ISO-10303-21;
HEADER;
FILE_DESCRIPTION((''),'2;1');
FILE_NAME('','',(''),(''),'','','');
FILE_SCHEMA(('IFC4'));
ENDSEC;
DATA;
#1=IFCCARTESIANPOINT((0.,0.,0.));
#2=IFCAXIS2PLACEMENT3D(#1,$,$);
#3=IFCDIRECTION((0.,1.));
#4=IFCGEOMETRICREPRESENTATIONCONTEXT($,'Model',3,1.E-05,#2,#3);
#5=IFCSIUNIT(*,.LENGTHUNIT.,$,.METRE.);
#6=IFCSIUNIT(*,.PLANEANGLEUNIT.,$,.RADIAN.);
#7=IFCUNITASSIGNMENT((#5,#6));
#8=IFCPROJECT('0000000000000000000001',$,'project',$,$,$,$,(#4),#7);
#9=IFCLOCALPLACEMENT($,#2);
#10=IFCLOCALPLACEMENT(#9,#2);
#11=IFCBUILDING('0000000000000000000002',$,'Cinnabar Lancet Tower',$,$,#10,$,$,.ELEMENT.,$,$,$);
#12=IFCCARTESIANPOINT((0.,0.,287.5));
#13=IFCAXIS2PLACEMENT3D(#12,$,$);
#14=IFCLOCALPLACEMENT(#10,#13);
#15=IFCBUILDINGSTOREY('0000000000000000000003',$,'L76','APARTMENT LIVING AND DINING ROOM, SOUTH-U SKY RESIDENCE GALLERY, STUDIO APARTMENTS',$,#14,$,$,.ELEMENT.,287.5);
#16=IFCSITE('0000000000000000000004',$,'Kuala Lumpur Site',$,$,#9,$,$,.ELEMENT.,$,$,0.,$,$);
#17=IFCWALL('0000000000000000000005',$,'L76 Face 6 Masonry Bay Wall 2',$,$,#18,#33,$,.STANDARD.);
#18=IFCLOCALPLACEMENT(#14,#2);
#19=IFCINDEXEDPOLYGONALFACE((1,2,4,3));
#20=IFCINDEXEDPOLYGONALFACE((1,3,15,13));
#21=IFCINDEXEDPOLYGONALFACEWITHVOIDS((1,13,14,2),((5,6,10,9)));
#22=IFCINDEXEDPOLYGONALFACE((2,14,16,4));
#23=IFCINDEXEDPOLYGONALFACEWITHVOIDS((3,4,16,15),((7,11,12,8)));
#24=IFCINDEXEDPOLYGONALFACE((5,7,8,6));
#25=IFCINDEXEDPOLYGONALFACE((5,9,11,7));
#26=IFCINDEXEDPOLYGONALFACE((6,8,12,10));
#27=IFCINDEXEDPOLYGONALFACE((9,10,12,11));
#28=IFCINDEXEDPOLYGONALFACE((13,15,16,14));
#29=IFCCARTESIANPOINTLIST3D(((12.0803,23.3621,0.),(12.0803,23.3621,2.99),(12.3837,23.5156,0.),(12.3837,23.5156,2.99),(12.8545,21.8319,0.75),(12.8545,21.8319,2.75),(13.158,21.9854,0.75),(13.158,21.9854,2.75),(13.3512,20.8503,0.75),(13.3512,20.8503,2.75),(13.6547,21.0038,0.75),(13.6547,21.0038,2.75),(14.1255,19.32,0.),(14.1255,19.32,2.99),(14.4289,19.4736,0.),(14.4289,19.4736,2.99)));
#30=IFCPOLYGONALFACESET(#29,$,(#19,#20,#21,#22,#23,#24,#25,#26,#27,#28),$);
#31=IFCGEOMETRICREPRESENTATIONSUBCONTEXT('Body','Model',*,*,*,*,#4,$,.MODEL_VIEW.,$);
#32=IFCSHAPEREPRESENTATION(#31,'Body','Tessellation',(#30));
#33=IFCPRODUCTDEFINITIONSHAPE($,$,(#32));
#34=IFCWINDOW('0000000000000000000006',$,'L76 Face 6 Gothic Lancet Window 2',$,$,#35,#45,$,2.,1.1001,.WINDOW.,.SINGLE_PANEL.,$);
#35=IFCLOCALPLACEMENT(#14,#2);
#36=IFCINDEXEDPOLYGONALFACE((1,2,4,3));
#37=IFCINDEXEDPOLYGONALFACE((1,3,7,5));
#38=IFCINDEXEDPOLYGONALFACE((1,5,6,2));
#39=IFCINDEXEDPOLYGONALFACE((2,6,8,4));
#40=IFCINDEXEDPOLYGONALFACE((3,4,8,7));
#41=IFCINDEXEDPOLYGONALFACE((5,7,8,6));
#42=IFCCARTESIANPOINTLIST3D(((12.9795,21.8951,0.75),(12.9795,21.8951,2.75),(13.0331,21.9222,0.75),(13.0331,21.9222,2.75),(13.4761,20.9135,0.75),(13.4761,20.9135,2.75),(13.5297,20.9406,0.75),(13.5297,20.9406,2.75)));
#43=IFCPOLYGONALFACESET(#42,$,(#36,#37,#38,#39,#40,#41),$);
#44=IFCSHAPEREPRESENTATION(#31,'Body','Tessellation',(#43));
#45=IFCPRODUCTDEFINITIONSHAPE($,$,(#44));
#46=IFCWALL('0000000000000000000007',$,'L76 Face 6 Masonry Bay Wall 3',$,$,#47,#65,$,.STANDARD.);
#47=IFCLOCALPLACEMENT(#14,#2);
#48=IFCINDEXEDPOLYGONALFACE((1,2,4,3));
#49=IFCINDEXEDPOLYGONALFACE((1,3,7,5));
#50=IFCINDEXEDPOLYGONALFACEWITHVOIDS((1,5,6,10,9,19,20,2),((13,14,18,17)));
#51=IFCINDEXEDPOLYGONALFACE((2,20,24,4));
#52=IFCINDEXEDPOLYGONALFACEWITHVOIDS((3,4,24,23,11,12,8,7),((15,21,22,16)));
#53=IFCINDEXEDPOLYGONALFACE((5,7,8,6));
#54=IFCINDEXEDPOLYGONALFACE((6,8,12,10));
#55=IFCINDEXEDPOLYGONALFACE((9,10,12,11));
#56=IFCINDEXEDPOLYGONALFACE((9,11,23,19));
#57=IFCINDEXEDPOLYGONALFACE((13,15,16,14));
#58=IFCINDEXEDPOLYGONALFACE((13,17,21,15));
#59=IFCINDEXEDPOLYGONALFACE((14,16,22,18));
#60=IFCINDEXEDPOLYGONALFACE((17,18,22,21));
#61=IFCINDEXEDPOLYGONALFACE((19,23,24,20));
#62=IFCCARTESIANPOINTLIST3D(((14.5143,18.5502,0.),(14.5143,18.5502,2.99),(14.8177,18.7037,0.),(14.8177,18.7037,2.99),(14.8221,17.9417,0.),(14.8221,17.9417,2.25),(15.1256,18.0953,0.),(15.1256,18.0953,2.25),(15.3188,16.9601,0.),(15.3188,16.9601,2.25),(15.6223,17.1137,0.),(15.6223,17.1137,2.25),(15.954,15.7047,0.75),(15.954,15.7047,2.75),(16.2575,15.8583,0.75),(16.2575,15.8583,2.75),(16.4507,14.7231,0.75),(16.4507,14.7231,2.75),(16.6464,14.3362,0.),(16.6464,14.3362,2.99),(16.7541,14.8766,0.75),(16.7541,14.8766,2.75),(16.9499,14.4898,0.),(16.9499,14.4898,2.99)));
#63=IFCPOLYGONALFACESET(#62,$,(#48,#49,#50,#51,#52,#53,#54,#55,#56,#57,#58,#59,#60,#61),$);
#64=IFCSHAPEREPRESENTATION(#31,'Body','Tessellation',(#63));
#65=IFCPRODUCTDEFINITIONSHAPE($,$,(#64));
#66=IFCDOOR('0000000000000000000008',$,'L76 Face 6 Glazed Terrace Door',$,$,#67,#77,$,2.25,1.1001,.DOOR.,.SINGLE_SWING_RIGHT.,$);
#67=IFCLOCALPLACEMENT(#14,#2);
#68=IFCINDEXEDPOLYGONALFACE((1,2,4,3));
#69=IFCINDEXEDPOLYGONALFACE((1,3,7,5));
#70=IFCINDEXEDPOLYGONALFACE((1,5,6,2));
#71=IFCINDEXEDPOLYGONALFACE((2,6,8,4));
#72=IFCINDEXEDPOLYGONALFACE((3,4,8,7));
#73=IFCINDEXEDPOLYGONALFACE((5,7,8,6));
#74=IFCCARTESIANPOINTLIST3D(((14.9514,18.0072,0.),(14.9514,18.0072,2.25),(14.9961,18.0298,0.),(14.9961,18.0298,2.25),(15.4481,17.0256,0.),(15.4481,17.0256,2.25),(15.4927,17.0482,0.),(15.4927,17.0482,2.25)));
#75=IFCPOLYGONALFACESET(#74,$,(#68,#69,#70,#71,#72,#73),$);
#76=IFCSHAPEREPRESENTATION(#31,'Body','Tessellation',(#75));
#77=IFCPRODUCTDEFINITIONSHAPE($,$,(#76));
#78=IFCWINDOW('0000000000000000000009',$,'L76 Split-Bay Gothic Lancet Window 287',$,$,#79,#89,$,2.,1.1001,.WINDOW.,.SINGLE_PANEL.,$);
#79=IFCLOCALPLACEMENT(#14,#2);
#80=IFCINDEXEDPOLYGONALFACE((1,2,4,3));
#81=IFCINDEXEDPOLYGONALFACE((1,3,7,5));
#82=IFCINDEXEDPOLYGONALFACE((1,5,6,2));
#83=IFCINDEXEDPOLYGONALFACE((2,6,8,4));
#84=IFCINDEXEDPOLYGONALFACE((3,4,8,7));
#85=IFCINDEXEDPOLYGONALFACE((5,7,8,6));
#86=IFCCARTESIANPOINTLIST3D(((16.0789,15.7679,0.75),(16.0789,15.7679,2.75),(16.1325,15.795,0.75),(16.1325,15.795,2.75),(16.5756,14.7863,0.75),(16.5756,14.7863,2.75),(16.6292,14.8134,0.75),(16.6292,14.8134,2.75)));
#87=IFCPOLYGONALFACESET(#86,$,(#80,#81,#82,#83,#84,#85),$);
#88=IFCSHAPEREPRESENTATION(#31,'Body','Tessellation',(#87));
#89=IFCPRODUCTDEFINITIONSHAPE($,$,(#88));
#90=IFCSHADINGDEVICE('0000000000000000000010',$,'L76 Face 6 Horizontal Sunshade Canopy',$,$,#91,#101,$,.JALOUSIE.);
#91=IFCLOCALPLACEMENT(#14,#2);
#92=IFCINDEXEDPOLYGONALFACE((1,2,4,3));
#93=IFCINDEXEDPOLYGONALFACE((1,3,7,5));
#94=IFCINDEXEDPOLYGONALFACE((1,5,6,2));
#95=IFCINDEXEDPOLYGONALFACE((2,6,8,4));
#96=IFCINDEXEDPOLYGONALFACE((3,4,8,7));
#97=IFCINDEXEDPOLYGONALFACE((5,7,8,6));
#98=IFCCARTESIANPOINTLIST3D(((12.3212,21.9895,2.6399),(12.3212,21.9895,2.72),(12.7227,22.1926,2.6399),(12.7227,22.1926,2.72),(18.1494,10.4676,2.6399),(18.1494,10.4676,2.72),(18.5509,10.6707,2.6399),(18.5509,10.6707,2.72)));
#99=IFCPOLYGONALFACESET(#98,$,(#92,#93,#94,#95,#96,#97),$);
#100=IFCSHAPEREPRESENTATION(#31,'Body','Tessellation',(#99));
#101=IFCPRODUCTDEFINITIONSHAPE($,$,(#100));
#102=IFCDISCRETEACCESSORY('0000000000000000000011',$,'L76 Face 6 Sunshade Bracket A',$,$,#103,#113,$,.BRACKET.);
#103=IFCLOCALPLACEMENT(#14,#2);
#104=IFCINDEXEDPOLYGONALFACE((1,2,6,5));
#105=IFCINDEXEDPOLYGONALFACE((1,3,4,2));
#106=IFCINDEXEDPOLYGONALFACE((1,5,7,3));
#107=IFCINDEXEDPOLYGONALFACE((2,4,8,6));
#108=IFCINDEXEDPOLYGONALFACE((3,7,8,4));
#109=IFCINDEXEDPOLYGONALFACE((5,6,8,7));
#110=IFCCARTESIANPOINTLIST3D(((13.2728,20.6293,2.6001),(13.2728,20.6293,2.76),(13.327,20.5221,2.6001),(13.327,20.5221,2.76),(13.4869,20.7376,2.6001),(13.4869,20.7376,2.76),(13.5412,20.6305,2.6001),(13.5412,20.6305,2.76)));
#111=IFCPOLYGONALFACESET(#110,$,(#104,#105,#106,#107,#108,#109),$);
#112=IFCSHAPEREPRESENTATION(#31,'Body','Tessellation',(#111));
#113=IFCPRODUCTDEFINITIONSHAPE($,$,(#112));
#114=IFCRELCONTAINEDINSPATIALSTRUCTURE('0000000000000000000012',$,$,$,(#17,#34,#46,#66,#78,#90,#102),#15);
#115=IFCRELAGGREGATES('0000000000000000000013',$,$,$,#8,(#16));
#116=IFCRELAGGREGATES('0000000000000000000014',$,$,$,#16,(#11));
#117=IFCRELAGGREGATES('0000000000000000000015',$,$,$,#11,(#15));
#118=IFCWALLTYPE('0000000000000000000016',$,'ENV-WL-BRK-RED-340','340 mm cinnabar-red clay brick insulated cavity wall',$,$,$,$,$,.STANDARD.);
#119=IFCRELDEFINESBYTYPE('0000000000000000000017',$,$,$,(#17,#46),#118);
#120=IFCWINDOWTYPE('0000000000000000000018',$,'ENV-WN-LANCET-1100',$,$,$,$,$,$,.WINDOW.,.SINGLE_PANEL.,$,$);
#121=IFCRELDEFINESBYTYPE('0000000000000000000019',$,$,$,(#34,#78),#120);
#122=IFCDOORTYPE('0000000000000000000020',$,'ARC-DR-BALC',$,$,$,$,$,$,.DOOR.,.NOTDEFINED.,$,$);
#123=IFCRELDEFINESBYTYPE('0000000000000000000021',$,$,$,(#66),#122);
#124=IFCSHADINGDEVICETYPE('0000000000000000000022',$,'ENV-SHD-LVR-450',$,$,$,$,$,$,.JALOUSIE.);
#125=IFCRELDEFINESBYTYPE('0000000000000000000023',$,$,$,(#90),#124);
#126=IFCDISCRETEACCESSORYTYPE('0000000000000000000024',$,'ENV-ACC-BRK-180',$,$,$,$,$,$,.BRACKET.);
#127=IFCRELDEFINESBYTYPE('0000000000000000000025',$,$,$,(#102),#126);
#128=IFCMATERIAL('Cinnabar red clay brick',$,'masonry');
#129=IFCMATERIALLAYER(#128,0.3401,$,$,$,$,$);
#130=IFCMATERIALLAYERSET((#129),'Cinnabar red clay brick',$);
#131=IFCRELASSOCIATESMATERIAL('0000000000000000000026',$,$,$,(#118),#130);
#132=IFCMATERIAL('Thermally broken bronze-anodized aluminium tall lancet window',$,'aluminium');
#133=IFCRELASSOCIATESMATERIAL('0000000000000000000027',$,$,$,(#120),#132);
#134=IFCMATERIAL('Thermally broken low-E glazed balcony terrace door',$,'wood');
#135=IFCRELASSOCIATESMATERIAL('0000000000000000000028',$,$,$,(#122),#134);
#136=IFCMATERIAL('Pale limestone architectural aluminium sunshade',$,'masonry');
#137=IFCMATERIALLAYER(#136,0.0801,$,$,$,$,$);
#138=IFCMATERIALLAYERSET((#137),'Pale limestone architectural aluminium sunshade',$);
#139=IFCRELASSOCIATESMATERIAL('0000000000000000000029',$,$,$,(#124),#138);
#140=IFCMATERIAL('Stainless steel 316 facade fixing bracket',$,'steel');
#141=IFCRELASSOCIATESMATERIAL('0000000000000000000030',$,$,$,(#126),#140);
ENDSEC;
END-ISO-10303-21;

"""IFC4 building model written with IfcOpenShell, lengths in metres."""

from ifc_helpers import new_model, si_unit, direction, frame, frame_2d, origin, origin_2d, place, context, subcontext, project, spatial, rectangle, extrude, material, layer, layer_set, type_object, element, fill, save


model = new_model("IFC4")

# Units and contexts
model_context = context("Model", 3, precision=1e-05, world=origin(), true_north=direction((0.0, 1.0)))
body_context = subcontext(model_context, "Body", "Model", "MODEL_VIEW")
ifc_project = project(units=[si_unit("LENGTHUNIT", "METRE"), si_unit("PLANEANGLEUNIT", "RADIAN")], contexts=[model_context])

# Site, building, storey
site_placement = place(None, origin())
site = spatial("IfcSite", under=ifc_project, at=site_placement, Name="Kuala Lumpur Site", CompositionType="ELEMENT", RefElevation=0.0)
building_placement = place(site_placement, origin())
building = spatial("IfcBuilding", under=site, at=building_placement, Name="Cinnabar Lancet Tower", CompositionType="ELEMENT")
storey_placement = place(building_placement, frame((0.0, 0.0, 287.5)))
storey = spatial("IfcBuildingStorey", under=building, at=storey_placement, Name="L76", Description="APARTMENT LIVING AND DINING ROOM, SOUTH-U SKY RESIDENCE GALLERY, STUDIO APARTMENTS", CompositionType="ELEMENT", Elevation=287.5)

# Wall, opening, window
ifc_material_1 = material(Name="Cinnabar red clay brick", Category="masonry")
ifc_layer_1 = layer(ifc_material_1, 0.3401)
ifc_layer_set_1 = layer_set([ifc_layer_1], Name="Cinnabar red clay brick")
wall_type_1 = type_object("IfcWallType", Name="ENV-WL-BRK-RED-340", Description="340 mm cinnabar-red clay brick insulated cavity wall", PredefinedType="STANDARD", material=ifc_layer_set_1)
wall_1_placement = place(storey_placement, frame((12.2319, 23.439, 0.0), z_axis=(0.0, 0.0, 1.0), x_axis=(0.451477, -0.892283, 0.0)))
wall_1 = element("IfcWall", 1, at=wall_1_placement, inside=storey, type_object=wall_type_1, Name="L76 Face 6 Masonry Bay Wall 2", PredefinedType="STANDARD", context=body_context, shape_type="SweptSolid", body=[
    extrude(rectangle(XDim=4.53, YDim=0.3401, at=frame_2d((2.2651, 0.0))), origin(), (0.0, 0.0, 1.0), 2.99),
])
opening_1_placement = place(wall_1_placement, frame((1.7151, 0.0, 0.75)))
opening_1 = element("IfcOpeningElement", 2, at=opening_1_placement, cuts=wall_1, PredefinedType="OPENING", context=body_context, shape_type="SweptSolid", body=[
    extrude(rectangle(XDim=1.1001, YDim=2.0, at=frame_2d((0.55, 1.0))), frame((0.0, 0.1799, 0.0), z_axis=(0.0, -1.0, 0.0), x_axis=(1.0, 0.0, 0.0)), (0.0, 0.0, 1.0), 0.3601),
])
ifc_material_2 = material(Name="Thermally broken bronze-anodized aluminium tall lancet window", Category="aluminium")
window_type = type_object("IfcWindowType", Name="ENV-WN-LANCET-1100", PartitioningType="SINGLE_PANEL", PredefinedType="WINDOW", material=ifc_material_2)
window_1_placement = place(opening_1_placement, origin())
window_1 = element("IfcWindow", 3, at=window_1_placement, inside=storey, type_object=window_type, Name="L76 Face 6 Gothic Lancet Window 2", OverallHeight=2.0, OverallWidth=1.1001, PartitioningType="SINGLE_PANEL", PredefinedType="WINDOW", context=body_context, shape_type="SweptSolid", body=[
    extrude(rectangle(XDim=1.1001, YDim=2.0, at=frame_2d((0.55, 1.0))), frame((0.0, 0.03, 0.0), z_axis=(0.0, -1.0, 0.0), x_axis=(1.0, 0.0, 0.0)), (0.0, 0.0, 1.0), 0.0601),
])
fill(opening_1, window_1)

# Wall, openings, door, window
wall_2_placement = place(storey_placement, frame((14.666, 18.627, 0.0), z_axis=(0.0, 0.0, 1.0), x_axis=(0.451468, -0.892287, 0.0)))
wall_2 = element("IfcWall", 4, at=wall_2_placement, inside=storey, type_object=wall_type_1, Name="L76 Face 6 Masonry Bay Wall 3", PredefinedType="STANDARD", context=body_context, shape_type="SweptSolid", body=[
    extrude(rectangle(XDim=4.7227, YDim=0.3401, at=frame_2d((2.3613, 0.0))), origin(), (0.0, 0.0, 1.0), 2.99),
])
opening_2_placement = place(wall_2_placement, frame((0.6819, 0.0, 0.0)))
opening_2 = element("IfcOpeningElement", 5, at=opening_2_placement, cuts=wall_2, PredefinedType="OPENING", context=body_context, shape_type="SweptSolid", body=[
    extrude(rectangle(XDim=1.1001, YDim=2.25, at=frame_2d((0.55, 1.125))), frame((0.0, 0.1799, 0.0), z_axis=(0.0, -1.0, 0.0), x_axis=(1.0, 0.0, 0.0)), (0.0, 0.0, 1.0), 0.3601),
])
opening_3_placement = place(wall_2_placement, frame((3.189, 0.0, 0.75)))
opening_3 = element("IfcOpeningElement", 6, at=opening_3_placement, cuts=wall_2, PredefinedType="OPENING", context=body_context, shape_type="SweptSolid", body=[
    extrude(rectangle(XDim=1.1001, YDim=2.0, at=frame_2d((0.55, 1.0))), frame((0.0, 0.1799, 0.0), z_axis=(0.0, -1.0, 0.0), x_axis=(1.0, 0.0, 0.0)), (0.0, 0.0, 1.0), 0.3601),
])
ifc_material_3 = material(Name="Thermally broken low-E glazed balcony terrace door", Category="wood")
door_type_1 = type_object("IfcDoorType", Name="ARC-DR-BALC", OperationType="NOTDEFINED", PredefinedType="DOOR", material=ifc_material_3)
door_1_placement = place(opening_2_placement, origin())
door_1 = element("IfcDoor", 7, at=door_1_placement, inside=storey, type_object=door_type_1, Name="L76 Face 6 Glazed Terrace Door", OperationType="SINGLE_SWING_RIGHT", OverallHeight=2.25, OverallWidth=1.1001, PredefinedType="DOOR", context=body_context, shape_type="SweptSolid", body=[
    extrude(rectangle(XDim=1.1001, YDim=2.25, at=frame_2d((0.55, 1.125))), frame((0.0, 0.0249, 0.0), z_axis=(0.0, -1.0, 0.0), x_axis=(1.0, 0.0, 0.0)), (0.0, 0.0, 1.0), 0.05),
])
fill(opening_2, door_1)
window_2_placement = place(opening_3_placement, origin())
window_2 = element("IfcWindow", 8, at=window_2_placement, inside=storey, type_object=window_type, Name="L76 Split-Bay Gothic Lancet Window 287", OverallHeight=2.0, OverallWidth=1.1001, PartitioningType="SINGLE_PANEL", PredefinedType="WINDOW", context=body_context, shape_type="SweptSolid", body=[
    extrude(rectangle(XDim=1.1001, YDim=2.0, at=frame_2d((0.55, 1.0))), frame((0.0, 0.03, 0.0), z_axis=(0.0, -1.0, 0.0), x_axis=(1.0, 0.0, 0.0)), (0.0, 0.0, 1.0), 0.0601),
])
fill(opening_3, window_2)

# Shading device
ifc_material_4 = material(Name="Pale limestone architectural aluminium sunshade", Category="masonry")
ifc_layer_2 = layer(ifc_material_4, 0.0801)
ifc_layer_set_2 = layer_set([ifc_layer_2], Name="Pale limestone architectural aluminium sunshade")
shading_device_type = type_object("IfcShadingDeviceType", Name="ENV-SHD-LVR-450", PredefinedType="JALOUSIE", material=ifc_layer_set_2)
shading_device_placement = place(storey_placement, frame((15.436, 16.3301, 2.6399), z_axis=(0.0, 0.0, 1.0), x_axis=(0.451376, -0.892334, 0.0)))
element("IfcShadingDevice", 9, at=shading_device_placement, inside=storey, type_object=shading_device_type, Name="L76 Face 6 Horizontal Sunshade Canopy", PredefinedType="JALOUSIE", context=body_context, shape_type="SweptSolid", body=[
    extrude(rectangle(XDim=12.9121, YDim=0.45, at=origin_2d()), origin(), (0.0, 0.0, 1.0), 0.0801),
])

# Discrete accessory
ifc_material_5 = material(Name="Stainless steel 316 facade fixing bracket", Category="steel")
discrete_accessory_type = type_object("IfcDiscreteAccessoryType", Name="ENV-ACC-BRK-180", PredefinedType="BRACKET", material=ifc_material_5)
discrete_accessory_placement = place(storey_placement, frame((13.407, 20.6299, 2.6001), z_axis=(0.0, 0.0, 1.0), x_axis=(0.451376, -0.892334, 0.0)))
element("IfcDiscreteAccessory", 10, at=discrete_accessory_placement, inside=storey, type_object=discrete_accessory_type, Name="L76 Face 6 Sunshade Bracket A", PredefinedType="BRACKET", context=body_context, shape_type="SweptSolid", body=[
    extrude(rectangle(XDim=0.1201, YDim=0.24, at=origin_2d()), origin(), (0.0, 0.0, 1.0), 0.1599),
])

save(model, "model.ifc")
